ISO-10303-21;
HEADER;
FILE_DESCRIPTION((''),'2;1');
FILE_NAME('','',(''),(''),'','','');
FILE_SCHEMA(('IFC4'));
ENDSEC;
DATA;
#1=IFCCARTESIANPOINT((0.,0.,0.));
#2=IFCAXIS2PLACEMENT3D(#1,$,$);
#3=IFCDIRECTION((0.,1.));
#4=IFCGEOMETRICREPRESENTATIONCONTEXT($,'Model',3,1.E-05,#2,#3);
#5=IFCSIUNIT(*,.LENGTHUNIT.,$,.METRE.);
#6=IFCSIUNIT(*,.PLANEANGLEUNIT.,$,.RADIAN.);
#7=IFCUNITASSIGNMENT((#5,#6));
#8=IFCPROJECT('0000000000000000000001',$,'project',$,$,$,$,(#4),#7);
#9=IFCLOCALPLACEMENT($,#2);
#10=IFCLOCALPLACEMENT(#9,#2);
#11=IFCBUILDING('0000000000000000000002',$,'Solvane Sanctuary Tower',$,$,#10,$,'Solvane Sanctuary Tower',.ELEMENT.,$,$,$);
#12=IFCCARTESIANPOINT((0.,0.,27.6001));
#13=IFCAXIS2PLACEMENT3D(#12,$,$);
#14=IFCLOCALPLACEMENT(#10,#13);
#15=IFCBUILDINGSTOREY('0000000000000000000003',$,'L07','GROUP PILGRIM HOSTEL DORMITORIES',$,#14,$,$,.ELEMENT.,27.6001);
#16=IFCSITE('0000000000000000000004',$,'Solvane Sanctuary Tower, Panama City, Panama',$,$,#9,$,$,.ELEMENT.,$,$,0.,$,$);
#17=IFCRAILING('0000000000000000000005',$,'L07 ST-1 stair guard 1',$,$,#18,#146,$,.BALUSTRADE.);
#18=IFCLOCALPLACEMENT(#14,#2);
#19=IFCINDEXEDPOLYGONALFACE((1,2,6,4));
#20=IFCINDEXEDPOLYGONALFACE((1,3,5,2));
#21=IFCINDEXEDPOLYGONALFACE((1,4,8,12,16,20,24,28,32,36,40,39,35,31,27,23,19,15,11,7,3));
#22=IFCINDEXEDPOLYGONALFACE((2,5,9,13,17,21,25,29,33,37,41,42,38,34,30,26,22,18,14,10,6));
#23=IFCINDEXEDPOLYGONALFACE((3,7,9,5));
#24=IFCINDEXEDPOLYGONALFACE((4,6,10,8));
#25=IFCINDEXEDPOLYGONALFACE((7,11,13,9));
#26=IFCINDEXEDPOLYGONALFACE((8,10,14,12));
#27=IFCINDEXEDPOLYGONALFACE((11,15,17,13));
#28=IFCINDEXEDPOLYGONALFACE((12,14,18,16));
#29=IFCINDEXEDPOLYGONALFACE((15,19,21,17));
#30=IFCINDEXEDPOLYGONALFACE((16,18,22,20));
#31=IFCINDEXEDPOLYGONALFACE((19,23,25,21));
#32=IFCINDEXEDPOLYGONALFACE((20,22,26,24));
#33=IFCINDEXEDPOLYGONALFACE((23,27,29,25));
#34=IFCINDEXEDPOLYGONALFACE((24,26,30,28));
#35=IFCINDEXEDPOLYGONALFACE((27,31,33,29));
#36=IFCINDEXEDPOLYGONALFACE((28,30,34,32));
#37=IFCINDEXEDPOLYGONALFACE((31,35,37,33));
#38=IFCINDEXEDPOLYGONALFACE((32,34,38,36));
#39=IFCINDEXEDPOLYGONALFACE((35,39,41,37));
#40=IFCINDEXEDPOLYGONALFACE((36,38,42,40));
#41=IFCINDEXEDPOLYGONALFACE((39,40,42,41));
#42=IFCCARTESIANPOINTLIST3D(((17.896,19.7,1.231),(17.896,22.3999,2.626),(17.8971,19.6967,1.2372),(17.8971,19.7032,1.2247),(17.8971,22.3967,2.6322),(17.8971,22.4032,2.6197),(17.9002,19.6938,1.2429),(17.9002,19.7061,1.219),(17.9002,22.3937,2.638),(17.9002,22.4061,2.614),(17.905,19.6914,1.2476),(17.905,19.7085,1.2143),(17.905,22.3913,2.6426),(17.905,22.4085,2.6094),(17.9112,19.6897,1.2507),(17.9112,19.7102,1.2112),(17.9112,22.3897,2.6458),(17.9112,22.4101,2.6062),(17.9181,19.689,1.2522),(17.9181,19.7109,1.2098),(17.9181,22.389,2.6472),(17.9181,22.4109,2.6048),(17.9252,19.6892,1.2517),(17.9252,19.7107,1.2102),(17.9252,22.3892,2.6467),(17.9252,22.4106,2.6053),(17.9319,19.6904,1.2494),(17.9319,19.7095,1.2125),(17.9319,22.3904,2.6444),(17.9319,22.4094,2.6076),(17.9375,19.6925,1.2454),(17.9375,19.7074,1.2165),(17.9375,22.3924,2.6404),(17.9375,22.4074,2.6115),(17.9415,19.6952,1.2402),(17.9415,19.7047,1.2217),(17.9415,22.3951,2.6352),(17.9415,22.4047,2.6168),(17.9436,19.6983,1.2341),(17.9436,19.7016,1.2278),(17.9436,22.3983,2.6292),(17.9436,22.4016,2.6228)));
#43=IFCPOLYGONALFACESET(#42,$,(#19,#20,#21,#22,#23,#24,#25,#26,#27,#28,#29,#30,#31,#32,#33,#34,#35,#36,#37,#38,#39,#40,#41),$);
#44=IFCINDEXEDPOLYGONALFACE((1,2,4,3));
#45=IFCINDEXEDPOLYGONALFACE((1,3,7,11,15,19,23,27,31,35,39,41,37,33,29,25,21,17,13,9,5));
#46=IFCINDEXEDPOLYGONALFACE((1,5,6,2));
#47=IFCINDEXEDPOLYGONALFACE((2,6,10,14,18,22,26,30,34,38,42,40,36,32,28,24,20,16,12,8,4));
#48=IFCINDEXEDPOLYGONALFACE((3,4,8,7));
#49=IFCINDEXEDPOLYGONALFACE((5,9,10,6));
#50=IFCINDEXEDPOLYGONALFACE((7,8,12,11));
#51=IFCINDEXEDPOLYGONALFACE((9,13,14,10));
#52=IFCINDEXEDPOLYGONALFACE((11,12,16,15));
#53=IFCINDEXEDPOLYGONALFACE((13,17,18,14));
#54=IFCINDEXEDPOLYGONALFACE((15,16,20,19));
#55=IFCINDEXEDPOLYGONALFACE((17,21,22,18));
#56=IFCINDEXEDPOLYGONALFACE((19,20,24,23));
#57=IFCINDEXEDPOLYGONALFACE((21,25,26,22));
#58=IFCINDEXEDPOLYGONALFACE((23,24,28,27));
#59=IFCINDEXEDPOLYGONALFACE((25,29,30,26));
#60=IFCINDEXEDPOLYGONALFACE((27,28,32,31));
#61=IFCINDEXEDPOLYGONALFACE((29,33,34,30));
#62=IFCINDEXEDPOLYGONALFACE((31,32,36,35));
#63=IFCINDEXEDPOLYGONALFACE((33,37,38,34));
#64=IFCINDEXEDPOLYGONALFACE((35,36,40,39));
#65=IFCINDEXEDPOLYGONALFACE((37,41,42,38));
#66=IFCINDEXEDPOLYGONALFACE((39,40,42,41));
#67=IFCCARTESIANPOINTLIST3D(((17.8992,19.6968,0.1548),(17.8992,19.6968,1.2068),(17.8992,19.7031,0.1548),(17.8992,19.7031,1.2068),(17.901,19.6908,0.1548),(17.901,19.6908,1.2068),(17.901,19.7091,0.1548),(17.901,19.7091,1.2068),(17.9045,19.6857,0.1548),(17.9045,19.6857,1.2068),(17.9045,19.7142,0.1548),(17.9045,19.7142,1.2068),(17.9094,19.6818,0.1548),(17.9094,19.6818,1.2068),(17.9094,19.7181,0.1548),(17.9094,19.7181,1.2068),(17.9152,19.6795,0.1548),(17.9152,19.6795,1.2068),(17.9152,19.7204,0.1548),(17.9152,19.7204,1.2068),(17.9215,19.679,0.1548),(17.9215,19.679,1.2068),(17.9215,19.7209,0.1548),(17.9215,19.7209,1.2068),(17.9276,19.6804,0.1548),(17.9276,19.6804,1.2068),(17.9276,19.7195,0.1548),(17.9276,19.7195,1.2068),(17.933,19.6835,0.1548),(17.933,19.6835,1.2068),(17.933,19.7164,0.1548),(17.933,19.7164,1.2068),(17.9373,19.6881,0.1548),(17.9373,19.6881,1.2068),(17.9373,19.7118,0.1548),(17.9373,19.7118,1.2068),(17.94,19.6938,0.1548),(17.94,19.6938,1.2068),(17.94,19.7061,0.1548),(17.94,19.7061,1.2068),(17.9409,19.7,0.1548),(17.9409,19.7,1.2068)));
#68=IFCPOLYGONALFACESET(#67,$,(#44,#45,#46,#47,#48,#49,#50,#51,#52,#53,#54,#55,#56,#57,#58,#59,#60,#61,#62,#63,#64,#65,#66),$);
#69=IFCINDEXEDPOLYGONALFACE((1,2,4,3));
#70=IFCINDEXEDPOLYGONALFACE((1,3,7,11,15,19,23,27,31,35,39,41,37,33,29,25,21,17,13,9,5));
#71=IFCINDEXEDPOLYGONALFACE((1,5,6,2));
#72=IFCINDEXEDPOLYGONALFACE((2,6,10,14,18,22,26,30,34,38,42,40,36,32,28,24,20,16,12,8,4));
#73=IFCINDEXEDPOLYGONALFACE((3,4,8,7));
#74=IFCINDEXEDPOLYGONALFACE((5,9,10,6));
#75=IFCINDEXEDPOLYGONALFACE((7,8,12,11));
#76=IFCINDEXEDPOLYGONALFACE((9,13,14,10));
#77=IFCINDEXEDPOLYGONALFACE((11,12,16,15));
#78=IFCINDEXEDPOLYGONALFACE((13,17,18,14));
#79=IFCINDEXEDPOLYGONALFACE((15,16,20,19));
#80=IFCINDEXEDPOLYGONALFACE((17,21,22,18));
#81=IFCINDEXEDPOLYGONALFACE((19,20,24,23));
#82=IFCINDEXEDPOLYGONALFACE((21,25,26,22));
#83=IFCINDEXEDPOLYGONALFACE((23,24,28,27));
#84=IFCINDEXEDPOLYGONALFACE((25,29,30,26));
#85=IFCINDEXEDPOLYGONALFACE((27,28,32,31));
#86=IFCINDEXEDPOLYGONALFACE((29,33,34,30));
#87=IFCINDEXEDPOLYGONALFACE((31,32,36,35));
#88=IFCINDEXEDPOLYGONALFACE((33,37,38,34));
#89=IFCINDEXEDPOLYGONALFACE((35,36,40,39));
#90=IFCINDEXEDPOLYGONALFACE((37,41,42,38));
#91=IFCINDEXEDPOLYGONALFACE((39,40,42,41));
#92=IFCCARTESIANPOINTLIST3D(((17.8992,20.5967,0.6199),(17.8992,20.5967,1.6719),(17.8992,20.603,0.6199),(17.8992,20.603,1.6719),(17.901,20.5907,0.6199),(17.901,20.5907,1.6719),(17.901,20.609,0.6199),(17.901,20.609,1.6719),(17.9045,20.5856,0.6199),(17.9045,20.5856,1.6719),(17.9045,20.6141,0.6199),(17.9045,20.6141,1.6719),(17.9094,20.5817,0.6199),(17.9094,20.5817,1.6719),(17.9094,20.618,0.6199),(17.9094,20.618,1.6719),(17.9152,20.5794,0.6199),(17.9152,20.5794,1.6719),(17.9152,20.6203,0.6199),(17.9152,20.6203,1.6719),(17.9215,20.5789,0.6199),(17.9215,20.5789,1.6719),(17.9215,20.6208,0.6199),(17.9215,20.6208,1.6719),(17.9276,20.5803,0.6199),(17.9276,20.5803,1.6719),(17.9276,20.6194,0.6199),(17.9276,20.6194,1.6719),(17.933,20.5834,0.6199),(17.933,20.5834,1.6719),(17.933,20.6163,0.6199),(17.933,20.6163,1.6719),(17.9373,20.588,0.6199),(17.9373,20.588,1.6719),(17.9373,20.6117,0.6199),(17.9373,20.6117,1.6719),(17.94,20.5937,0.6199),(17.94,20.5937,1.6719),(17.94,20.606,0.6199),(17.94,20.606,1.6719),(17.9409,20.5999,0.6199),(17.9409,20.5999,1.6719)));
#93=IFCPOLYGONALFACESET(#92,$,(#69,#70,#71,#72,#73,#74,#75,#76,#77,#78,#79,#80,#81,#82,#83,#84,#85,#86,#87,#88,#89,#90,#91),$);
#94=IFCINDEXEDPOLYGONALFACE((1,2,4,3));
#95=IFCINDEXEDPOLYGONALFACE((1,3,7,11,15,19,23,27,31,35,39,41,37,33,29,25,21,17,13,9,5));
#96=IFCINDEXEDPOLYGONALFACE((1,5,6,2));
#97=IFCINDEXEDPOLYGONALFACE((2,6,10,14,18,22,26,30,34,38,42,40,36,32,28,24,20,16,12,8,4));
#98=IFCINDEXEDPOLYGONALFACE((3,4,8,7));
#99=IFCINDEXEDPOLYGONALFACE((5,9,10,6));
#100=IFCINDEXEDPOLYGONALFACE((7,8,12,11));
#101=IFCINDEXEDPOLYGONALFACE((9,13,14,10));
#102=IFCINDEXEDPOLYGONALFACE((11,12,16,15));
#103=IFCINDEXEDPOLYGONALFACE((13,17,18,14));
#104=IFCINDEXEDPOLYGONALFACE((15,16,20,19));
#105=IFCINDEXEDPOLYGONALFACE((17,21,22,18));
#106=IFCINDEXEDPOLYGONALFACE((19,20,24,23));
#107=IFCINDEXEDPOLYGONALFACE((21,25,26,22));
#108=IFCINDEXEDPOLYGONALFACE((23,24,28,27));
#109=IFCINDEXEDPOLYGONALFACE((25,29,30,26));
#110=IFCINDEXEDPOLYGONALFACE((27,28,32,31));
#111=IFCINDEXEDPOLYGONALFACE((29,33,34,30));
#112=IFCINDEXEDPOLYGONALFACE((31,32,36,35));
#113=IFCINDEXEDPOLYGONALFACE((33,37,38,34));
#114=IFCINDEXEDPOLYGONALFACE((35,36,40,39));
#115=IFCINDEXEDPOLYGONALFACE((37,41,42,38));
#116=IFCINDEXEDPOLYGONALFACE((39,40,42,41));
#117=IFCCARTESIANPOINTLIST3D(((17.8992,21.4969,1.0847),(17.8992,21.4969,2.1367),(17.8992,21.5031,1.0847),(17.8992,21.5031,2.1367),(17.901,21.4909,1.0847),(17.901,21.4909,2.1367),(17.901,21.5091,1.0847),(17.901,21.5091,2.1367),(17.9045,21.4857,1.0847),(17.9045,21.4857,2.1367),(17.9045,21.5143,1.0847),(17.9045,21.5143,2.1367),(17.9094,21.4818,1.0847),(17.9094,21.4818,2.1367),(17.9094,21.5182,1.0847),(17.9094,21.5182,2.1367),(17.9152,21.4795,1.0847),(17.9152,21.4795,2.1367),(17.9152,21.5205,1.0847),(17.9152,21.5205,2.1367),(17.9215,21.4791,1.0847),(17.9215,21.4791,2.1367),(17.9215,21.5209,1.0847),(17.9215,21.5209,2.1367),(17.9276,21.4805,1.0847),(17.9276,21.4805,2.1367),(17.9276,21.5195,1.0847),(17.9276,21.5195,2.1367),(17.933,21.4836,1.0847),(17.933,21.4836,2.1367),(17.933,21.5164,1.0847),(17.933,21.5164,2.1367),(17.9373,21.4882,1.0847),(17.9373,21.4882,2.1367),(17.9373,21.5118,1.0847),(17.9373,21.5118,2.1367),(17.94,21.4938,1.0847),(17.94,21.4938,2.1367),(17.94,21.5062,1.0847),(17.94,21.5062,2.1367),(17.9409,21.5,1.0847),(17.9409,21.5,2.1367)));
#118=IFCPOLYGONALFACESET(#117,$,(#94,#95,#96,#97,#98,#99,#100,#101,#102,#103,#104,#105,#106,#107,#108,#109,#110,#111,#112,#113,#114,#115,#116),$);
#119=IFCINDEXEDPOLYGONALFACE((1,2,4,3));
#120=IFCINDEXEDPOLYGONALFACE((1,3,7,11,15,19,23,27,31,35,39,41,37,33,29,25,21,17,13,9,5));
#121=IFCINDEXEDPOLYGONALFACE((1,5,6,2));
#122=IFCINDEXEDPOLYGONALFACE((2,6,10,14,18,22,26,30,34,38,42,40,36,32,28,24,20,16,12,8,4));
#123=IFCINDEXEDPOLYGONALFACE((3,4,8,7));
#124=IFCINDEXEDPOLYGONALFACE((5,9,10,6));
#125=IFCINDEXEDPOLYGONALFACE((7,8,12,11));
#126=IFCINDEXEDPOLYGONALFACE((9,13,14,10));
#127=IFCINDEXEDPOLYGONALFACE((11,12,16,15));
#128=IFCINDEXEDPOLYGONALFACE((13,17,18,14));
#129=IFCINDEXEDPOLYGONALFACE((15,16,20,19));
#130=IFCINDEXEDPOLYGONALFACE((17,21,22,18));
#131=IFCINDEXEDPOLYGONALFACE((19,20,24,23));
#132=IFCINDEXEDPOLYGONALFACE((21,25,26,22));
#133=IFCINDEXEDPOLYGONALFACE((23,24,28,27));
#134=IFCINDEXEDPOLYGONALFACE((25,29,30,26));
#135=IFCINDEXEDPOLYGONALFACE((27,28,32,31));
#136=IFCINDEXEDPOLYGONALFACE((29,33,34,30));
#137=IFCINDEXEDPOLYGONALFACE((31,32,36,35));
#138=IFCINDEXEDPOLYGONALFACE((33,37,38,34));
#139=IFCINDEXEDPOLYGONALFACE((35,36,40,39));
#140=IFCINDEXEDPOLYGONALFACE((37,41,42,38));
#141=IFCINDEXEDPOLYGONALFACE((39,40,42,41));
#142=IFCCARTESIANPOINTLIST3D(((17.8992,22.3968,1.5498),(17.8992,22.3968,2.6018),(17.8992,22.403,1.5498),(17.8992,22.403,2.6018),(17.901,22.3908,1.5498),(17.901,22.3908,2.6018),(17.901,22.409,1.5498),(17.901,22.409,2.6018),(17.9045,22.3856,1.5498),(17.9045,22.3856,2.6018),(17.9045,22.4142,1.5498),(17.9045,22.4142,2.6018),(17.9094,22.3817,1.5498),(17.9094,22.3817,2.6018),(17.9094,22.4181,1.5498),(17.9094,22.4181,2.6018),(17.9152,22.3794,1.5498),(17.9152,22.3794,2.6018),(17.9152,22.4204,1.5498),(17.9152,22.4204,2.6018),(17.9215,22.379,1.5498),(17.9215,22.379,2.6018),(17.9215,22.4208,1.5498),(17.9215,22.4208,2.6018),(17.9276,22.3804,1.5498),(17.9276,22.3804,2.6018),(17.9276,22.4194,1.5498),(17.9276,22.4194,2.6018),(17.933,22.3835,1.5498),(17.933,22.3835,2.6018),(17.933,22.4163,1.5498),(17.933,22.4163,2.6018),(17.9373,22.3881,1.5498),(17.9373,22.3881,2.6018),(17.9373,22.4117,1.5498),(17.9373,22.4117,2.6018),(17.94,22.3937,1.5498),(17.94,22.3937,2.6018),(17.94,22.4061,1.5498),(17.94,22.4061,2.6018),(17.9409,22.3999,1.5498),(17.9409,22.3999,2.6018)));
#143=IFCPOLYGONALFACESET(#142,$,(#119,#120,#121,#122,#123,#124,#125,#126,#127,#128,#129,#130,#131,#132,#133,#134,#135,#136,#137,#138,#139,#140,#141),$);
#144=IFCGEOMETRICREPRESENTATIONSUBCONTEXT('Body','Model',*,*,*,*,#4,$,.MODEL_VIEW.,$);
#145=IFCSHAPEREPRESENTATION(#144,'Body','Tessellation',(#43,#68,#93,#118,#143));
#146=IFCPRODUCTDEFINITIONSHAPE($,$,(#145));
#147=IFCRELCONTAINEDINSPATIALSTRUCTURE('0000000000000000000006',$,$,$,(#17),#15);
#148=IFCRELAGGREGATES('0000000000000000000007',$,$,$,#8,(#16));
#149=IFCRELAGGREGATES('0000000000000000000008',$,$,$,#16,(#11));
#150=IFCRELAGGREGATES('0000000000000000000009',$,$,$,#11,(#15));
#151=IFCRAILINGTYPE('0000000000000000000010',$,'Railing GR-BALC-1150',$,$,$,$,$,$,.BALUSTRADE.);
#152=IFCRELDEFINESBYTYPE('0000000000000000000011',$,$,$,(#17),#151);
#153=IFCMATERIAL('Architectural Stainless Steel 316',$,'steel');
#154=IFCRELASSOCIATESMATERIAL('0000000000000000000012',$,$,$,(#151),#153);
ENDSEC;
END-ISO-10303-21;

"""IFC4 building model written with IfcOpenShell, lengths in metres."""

from ifc_helpers import new_model, si_unit, direction, frame, origin, origin_2d, place, context, subcontext, project, spatial, circle, extrude, material, type_object, element, save


model = new_model("IFC4")

# Units and contexts
model_context = context("Model", 3, precision=1e-05, world=origin(), true_north=direction((0.0, 1.0)))
body_context = subcontext(model_context, "Body", "Model", "MODEL_VIEW")
ifc_project = project(units=[si_unit("LENGTHUNIT", "METRE"), si_unit("PLANEANGLEUNIT", "RADIAN")], contexts=[model_context])

# Site, building, storey
site_placement = place(None, origin())
site = spatial("IfcSite", under=ifc_project, at=site_placement, Name="Solvane Sanctuary Tower, Panama City, Panama", CompositionType="ELEMENT", RefElevation=0.0)
building_placement = place(site_placement, origin())
building = spatial("IfcBuilding", under=site, at=building_placement, Name="Solvane Sanctuary Tower", LongName="Solvane Sanctuary Tower", CompositionType="ELEMENT")
storey_placement = place(building_placement, frame((0.0, 0.0, 27.6001)))
storey = spatial("IfcBuildingStorey", under=building, at=storey_placement, Name="L07", Description="GROUP PILGRIM HOSTEL DORMITORIES", CompositionType="ELEMENT", Elevation=27.6001)

# Shared definitions
ifc_material_1 = material(Name="Architectural Stainless Steel 316", Category="steel")

# Railing
railing_type = type_object("IfcRailingType", Name="Railing GR-BALC-1150", PredefinedType="BALUSTRADE", material=ifc_material_1)
railing_placement = place(storey_placement, frame((17.9199, 19.7, 0.1548)))
element("IfcRailing", 1, at=railing_placement, inside=storey, type_object=railing_type, Name="L07 ST-1 stair guard 1", PredefinedType="BALUSTRADE", context=body_context, shape_type="SweptSolid", body=[
    extrude(circle(Radius=0.0239, at=origin_2d()), frame((0.0, 0.0, 1.0762), z_axis=(0.0, 0.88842, 0.459032), x_axis=(-1.0, 0.0, 0.0)), (0.0, 0.0, 1.0), 3.0391),
    extrude(circle(Radius=0.021, at=origin_2d()), origin(), (0.0, 0.0, 1.0), 1.052),
    extrude(circle(Radius=0.021, at=origin_2d()), frame((0.0, 0.8999, 0.4651)), (0.0, 0.0, 1.0), 1.052),
    extrude(circle(Radius=0.021, at=origin_2d()), frame((0.0, 1.8, 0.9299)), (0.0, 0.0, 1.0), 1.052),
    extrude(circle(Radius=0.021, at=origin_2d()), frame((0.0, 2.7, 1.395)), (0.0, 0.0, 1.0), 1.052),
])

save(model, "model.ifc")
